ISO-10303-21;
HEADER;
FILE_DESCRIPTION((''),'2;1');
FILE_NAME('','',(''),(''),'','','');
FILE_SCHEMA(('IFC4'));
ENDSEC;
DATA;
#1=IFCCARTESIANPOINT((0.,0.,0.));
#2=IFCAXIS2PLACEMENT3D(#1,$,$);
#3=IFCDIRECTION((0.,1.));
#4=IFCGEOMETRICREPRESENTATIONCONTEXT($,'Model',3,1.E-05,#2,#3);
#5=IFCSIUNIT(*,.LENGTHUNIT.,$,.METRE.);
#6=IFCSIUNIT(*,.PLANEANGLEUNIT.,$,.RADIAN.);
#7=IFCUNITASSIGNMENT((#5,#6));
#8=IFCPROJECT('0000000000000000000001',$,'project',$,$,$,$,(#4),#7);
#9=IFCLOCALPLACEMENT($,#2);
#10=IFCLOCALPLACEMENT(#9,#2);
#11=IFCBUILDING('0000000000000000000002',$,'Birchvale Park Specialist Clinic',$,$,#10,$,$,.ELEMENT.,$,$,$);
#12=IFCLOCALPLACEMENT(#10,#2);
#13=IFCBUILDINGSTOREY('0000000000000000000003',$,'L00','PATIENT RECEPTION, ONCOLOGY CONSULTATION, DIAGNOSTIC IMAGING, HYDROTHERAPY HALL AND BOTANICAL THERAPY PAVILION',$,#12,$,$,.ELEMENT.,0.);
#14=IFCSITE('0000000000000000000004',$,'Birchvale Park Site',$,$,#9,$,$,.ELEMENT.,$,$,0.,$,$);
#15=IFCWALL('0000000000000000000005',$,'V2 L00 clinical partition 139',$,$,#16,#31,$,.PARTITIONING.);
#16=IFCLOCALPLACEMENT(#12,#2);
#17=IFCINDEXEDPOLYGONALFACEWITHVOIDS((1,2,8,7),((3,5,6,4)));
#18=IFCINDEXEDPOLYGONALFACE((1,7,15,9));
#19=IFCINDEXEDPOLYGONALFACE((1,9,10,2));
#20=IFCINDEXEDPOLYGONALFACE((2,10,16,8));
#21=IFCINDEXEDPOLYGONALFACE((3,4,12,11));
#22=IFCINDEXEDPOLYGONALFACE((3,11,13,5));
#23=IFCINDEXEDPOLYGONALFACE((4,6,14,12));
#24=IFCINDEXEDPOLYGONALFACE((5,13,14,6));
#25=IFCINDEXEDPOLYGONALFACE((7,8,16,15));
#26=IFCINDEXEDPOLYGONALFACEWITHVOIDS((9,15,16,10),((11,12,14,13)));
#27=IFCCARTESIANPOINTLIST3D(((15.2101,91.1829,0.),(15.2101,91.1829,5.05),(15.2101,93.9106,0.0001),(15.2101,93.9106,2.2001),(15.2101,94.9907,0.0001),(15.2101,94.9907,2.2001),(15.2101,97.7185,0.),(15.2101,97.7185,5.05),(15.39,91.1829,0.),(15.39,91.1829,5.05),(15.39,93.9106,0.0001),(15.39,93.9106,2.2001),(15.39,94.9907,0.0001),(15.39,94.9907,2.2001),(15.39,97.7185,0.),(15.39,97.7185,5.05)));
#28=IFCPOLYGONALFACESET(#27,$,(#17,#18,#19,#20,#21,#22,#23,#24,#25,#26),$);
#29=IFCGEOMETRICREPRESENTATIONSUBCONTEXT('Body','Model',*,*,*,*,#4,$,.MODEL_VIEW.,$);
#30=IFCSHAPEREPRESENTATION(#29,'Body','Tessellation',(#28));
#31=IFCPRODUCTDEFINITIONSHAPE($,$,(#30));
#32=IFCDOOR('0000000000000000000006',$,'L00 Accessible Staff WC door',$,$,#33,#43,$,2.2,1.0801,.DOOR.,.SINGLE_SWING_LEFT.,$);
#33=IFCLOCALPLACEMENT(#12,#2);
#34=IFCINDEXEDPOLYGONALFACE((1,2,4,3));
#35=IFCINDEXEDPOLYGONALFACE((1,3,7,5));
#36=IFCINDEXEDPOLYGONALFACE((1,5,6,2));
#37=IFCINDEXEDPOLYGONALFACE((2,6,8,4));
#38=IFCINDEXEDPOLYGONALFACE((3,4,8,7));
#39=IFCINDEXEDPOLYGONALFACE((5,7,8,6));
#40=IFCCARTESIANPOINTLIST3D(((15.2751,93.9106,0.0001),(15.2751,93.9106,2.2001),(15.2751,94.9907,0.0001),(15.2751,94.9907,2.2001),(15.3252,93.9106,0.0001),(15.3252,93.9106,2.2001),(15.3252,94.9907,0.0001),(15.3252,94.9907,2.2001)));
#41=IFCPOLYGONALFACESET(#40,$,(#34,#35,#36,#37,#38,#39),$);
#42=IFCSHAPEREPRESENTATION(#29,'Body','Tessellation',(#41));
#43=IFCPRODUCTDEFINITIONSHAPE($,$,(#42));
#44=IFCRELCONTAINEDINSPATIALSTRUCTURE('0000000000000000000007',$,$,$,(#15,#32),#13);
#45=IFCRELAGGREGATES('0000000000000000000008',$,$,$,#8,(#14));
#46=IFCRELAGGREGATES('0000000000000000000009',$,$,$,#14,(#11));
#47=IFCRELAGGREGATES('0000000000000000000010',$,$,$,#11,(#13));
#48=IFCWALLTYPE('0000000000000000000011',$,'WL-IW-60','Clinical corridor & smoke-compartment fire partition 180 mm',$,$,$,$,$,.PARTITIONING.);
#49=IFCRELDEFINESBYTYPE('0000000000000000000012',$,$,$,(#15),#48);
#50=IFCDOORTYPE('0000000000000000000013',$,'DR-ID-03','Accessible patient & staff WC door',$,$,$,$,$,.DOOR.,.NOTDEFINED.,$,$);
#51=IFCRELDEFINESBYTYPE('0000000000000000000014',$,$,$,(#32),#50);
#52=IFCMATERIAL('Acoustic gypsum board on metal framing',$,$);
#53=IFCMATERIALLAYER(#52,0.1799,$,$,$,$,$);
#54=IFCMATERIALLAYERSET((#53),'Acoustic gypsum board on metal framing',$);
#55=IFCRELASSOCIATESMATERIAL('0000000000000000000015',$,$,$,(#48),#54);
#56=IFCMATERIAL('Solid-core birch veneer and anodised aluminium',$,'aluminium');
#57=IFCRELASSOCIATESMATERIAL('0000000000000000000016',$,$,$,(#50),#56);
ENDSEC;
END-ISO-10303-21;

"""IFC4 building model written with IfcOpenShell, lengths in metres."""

from ifc_helpers import new_model, si_unit, direction, frame, frame_2d, origin, place, context, subcontext, project, spatial, rectangle, extrude, material, layer, layer_set, type_object, element, fill, save


model = new_model("IFC4")

# Units and contexts
model_context = context("Model", 3, precision=1e-05, world=origin(), true_north=direction((0.0, 1.0)))
body_context = subcontext(model_context, "Body", "Model", "MODEL_VIEW")
ifc_project = project(units=[si_unit("LENGTHUNIT", "METRE"), si_unit("PLANEANGLEUNIT", "RADIAN")], contexts=[model_context])

# Site, building, storey
site_placement = place(None, origin())
site = spatial("IfcSite", under=ifc_project, at=site_placement, Name="Birchvale Park Site", CompositionType="ELEMENT", RefElevation=0.0)
building_placement = place(site_placement, origin())
building = spatial("IfcBuilding", under=site, at=building_placement, Name="Birchvale Park Specialist Clinic", CompositionType="ELEMENT")
storey_placement = place(building_placement, origin())
storey = spatial("IfcBuildingStorey", under=building, at=storey_placement, Name="L00", Description="PATIENT RECEPTION, ONCOLOGY CONSULTATION, DIAGNOSTIC IMAGING, HYDROTHERAPY HALL AND BOTANICAL THERAPY PAVILION", CompositionType="ELEMENT", Elevation=0.0)

# Shared definitions
ifc_material_1 = material(Name="Acoustic gypsum board on metal framing")

# Wall, opening, door
ifc_layer_1 = layer(ifc_material_1, 0.1799)
ifc_layer_set_1 = layer_set([ifc_layer_1], Name="Acoustic gypsum board on metal framing")
wall_type_1 = type_object("IfcWallType", Name="WL-IW-60", Description="Clinical corridor & smoke-compartment fire partition 180 mm", PredefinedType="PARTITIONING", material=ifc_layer_set_1)
ifc_material_2 = material(Name="Solid-core birch veneer and anodised aluminium", Category="aluminium")
wall_1_placement = place(storey_placement, frame((15.3, 91.1829, 0.0), z_axis=(0.0, 0.0, 1.0), x_axis=(0.0, 1.0, 0.0)))
wall_1 = element("IfcWall", 1, at=wall_1_placement, inside=storey, type_object=wall_type_1, Name="V2 L00 clinical partition 139", PredefinedType="PARTITIONING", context=body_context, shape_type="SweptSolid", body=[
    extrude(rectangle(XDim=6.5356, YDim=0.1799, at=frame_2d((3.2678, 0.0))), origin(), (0.0, 0.0, 1.0), 5.05),
])
opening_1_placement = place(wall_1_placement, frame((2.7278, 0.0, 0.0)))
opening_1 = element("IfcOpeningElement", 2, at=opening_1_placement, cuts=wall_1, PredefinedType="OPENING", context=body_context, shape_type="SweptSolid", body=[
    extrude(rectangle(XDim=1.0801, YDim=2.2, at=frame_2d((0.54, 1.1001))), frame((0.0, 0.1001, 0.0), z_axis=(0.0, -1.0, 0.0), x_axis=(1.0, 0.0, 0.0)), (0.0, 0.0, 1.0), 0.2),
])
door_type_1 = type_object("IfcDoorType", Name="DR-ID-03", Description="Accessible patient & staff WC door", OperationType="NOTDEFINED", PredefinedType="DOOR", material=ifc_material_2)
door_1_placement = place(opening_1_placement, origin())
door_1 = element("IfcDoor", 3, at=door_1_placement, inside=storey, type_object=door_type_1, Name="L00 Accessible Staff WC door", OperationType="SINGLE_SWING_LEFT", OverallHeight=2.2, OverallWidth=1.0801, PredefinedType="DOOR", context=body_context, shape_type="SweptSolid", body=[
    extrude(rectangle(XDim=1.0801, YDim=2.2, at=frame_2d((0.54, 1.1001))), frame((0.0, 0.0249, 0.0), z_axis=(0.0, -1.0, 0.0), x_axis=(1.0, 0.0, 0.0)), (0.0, 0.0, 1.0), 0.05),
])
fill(opening_1, door_1)

save(model, "model.ifc")
